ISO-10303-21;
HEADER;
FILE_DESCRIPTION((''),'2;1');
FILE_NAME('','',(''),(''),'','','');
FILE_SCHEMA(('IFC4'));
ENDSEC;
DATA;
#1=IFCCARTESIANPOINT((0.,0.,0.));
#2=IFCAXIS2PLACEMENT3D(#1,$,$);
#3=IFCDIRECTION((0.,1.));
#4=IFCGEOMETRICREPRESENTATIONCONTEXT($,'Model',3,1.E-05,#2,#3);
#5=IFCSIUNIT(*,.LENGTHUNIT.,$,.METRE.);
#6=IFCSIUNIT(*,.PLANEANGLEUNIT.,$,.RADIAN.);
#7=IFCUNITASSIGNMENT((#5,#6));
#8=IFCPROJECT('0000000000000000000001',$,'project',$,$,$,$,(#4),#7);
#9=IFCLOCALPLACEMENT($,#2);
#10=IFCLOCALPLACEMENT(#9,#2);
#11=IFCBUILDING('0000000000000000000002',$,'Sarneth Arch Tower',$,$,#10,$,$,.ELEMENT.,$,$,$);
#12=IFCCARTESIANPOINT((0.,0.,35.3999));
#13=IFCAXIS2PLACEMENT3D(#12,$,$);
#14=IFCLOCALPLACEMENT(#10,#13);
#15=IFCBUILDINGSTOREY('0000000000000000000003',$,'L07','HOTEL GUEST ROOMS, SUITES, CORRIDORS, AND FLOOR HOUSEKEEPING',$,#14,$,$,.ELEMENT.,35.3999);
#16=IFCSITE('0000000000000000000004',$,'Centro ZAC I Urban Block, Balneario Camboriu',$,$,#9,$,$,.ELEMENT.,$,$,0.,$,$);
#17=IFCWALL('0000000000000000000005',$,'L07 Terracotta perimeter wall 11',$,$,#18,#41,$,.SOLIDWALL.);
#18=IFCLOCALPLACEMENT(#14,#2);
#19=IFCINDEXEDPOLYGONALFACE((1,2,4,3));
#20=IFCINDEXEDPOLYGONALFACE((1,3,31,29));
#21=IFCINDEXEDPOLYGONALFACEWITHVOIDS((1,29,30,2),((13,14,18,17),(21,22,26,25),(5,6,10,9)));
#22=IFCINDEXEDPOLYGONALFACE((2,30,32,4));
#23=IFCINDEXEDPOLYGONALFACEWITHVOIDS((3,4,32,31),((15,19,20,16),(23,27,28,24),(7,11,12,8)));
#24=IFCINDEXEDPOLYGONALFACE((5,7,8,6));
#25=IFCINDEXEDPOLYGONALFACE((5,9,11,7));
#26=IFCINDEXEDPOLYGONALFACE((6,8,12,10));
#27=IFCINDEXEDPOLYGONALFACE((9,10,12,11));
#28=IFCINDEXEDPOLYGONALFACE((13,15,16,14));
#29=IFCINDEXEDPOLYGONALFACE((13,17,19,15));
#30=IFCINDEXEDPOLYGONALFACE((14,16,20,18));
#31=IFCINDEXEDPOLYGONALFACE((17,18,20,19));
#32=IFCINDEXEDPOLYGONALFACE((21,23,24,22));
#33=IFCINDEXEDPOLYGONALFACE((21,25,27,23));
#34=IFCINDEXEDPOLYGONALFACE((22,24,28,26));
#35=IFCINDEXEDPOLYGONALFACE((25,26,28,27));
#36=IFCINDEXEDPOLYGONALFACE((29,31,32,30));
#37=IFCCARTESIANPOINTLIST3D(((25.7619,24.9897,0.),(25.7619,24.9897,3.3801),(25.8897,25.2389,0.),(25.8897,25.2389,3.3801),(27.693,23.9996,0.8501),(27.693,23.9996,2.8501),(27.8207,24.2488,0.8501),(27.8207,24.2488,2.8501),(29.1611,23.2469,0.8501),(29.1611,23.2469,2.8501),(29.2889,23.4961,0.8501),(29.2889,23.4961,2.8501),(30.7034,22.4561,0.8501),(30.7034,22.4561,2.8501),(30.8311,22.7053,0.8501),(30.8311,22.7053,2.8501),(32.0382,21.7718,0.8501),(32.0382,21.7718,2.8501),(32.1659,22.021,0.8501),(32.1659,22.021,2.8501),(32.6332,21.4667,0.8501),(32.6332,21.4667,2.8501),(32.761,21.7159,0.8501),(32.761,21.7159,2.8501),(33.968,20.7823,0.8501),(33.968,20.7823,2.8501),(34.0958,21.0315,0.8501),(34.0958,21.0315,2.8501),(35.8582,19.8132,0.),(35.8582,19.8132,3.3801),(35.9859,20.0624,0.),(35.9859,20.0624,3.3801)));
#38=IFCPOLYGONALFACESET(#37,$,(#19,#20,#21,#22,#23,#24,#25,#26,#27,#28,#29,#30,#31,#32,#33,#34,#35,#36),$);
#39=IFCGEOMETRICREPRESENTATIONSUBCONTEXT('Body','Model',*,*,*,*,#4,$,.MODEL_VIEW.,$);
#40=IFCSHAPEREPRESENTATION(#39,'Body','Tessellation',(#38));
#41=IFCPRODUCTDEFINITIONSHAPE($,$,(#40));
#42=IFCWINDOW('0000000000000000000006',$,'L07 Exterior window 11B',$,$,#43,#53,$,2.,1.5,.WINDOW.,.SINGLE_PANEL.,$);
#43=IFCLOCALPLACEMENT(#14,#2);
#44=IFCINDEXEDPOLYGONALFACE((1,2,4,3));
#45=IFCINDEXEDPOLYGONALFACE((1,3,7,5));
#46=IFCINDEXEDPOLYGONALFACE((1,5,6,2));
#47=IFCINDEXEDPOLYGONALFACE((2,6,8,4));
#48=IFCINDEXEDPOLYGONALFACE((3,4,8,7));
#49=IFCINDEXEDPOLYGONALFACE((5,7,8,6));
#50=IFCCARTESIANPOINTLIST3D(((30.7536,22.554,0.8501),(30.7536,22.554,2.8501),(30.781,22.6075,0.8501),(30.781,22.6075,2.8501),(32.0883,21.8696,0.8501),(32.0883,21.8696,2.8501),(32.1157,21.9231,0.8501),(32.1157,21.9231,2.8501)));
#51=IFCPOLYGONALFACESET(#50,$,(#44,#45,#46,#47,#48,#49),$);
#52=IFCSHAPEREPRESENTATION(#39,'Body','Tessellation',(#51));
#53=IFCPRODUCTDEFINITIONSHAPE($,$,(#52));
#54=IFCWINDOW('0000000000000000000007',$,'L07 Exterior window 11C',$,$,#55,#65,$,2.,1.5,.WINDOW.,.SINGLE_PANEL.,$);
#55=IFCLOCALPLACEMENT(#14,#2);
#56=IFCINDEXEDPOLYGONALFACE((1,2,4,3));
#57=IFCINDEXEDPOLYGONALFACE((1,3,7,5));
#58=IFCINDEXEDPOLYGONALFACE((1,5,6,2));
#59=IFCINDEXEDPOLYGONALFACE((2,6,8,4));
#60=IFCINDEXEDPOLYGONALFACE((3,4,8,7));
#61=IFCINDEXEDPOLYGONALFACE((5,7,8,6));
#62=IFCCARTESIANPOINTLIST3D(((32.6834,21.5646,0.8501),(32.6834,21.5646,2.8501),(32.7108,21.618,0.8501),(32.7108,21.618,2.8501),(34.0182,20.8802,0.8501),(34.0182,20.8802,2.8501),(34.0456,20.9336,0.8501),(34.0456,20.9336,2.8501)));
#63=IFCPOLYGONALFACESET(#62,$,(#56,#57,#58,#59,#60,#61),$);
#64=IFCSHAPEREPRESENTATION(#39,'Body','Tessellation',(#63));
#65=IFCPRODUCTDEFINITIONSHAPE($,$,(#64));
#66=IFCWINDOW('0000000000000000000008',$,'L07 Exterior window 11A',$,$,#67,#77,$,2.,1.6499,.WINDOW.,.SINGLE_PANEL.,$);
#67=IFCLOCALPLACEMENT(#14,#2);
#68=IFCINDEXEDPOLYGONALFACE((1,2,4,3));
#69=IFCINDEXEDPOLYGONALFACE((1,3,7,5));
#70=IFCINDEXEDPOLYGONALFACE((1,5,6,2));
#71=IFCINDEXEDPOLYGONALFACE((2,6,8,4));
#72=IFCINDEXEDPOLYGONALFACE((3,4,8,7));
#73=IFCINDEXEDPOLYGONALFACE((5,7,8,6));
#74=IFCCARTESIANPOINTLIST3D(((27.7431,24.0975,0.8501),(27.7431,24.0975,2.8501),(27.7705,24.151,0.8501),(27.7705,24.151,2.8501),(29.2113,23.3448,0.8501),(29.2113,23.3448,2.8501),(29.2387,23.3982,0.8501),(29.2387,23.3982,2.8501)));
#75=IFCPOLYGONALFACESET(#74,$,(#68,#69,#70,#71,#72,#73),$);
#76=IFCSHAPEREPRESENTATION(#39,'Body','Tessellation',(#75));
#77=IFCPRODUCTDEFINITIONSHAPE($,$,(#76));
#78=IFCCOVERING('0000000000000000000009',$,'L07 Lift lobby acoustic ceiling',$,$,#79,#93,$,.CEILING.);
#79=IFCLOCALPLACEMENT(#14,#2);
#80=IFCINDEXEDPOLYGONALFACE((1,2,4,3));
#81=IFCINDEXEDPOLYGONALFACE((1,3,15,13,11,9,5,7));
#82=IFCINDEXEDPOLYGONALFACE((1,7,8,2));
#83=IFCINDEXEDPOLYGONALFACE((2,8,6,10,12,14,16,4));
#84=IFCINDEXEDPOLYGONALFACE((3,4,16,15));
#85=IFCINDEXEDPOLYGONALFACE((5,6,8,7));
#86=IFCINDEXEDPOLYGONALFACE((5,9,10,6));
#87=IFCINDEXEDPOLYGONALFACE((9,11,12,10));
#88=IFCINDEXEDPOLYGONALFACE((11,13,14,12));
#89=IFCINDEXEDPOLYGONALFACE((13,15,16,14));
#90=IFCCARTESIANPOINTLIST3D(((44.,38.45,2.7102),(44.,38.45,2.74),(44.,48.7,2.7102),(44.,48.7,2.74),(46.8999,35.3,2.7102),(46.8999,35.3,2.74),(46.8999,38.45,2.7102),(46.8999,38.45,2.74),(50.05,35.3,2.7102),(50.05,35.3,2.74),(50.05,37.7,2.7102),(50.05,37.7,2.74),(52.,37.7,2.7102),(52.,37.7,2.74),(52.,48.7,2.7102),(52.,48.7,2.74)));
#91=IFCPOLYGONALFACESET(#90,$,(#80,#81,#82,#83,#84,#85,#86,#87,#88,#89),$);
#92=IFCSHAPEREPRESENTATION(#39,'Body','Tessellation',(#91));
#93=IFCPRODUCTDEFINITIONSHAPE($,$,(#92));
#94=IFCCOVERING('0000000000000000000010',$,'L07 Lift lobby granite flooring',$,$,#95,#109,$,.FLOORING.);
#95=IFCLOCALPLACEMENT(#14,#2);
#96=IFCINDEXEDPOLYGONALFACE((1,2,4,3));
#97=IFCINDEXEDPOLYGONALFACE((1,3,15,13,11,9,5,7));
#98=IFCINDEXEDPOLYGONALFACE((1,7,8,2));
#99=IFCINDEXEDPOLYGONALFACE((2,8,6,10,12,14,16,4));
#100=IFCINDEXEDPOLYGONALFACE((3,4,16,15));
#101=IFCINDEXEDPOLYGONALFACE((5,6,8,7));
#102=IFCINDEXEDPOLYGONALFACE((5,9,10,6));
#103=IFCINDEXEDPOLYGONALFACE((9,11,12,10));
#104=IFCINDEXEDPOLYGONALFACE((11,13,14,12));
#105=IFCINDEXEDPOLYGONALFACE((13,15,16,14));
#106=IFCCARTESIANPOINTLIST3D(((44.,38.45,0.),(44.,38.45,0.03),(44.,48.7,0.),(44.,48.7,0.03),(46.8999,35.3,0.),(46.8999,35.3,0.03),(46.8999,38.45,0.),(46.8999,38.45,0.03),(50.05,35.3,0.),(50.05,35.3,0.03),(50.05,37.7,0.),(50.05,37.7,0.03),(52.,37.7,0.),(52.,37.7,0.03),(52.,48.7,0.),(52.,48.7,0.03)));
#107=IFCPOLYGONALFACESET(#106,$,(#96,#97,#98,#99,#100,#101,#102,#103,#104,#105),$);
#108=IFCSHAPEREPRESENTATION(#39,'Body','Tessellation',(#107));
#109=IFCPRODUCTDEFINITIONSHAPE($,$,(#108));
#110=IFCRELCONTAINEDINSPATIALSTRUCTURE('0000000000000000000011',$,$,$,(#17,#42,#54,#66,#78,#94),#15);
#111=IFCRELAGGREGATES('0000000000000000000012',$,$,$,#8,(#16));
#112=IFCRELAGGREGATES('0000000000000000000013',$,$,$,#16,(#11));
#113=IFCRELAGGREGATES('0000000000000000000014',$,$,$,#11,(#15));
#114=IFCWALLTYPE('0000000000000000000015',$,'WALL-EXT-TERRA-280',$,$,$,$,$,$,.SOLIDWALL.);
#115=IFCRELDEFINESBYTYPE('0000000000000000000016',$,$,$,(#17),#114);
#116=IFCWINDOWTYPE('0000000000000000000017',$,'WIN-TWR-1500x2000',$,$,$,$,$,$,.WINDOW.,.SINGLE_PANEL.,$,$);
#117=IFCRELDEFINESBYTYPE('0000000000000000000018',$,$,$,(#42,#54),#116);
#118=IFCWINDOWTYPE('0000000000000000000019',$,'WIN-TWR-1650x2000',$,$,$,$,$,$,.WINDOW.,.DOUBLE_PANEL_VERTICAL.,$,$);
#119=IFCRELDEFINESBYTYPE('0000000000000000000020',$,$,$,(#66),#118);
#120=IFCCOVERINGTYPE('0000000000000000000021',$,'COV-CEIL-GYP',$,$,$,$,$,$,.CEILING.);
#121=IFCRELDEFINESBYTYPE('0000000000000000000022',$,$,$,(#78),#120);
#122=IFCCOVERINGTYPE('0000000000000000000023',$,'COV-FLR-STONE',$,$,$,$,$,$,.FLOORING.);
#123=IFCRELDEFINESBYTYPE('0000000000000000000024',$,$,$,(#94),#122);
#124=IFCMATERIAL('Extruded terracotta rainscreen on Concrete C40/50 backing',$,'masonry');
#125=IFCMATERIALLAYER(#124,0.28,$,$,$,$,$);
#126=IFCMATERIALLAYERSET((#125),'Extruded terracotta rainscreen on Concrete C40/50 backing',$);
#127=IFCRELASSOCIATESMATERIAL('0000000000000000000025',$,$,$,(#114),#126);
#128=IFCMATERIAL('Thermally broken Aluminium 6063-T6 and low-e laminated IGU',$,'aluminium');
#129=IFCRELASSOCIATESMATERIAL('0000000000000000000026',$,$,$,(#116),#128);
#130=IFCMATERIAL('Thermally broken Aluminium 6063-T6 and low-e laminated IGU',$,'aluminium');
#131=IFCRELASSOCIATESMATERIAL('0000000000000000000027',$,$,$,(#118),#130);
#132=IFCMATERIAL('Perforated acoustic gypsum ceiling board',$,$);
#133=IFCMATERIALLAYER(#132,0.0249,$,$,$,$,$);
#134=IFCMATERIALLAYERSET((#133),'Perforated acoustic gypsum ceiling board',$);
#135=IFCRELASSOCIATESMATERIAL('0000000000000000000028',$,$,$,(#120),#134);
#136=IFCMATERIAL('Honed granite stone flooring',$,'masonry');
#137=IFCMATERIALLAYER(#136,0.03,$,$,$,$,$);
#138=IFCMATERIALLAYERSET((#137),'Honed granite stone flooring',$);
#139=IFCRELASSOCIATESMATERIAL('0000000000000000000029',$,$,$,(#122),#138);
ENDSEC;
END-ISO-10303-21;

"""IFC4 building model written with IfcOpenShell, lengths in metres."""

from ifc_helpers import new_model, si_unit, direction, frame, frame_2d, origin, place, context, subcontext, project, spatial, polyline, rectangle, outline, extrude, material, layer, layer_set, type_object, element, fill, save


model = new_model("IFC4")

# Units and contexts
model_context = context("Model", 3, precision=1e-05, world=origin(), true_north=direction((0.0, 1.0)))
body_context = subcontext(model_context, "Body", "Model", "MODEL_VIEW")
ifc_project = project(units=[si_unit("LENGTHUNIT", "METRE"), si_unit("PLANEANGLEUNIT", "RADIAN")], contexts=[model_context])

# Site, building, storey
site_placement = place(None, origin())
site = spatial("IfcSite", under=ifc_project, at=site_placement, Name="Centro ZAC I Urban Block, Balneario Camboriu", CompositionType="ELEMENT", RefElevation=0.0)
building_placement = place(site_placement, origin())
building = spatial("IfcBuilding", under=site, at=building_placement, Name="Sarneth Arch Tower", CompositionType="ELEMENT")
storey_placement = place(building_placement, frame((0.0, 0.0, 35.3999)))
storey = spatial("IfcBuildingStorey", under=building, at=storey_placement, Name="L07", Description="HOTEL GUEST ROOMS, SUITES, CORRIDORS, AND FLOOR HOUSEKEEPING", CompositionType="ELEMENT", Elevation=35.3999)

# Wall, openings, windows
ifc_material_1 = material(Name="Extruded terracotta rainscreen on Concrete C40/50 backing", Category="masonry")
ifc_layer_1 = layer(ifc_material_1, 0.28)
ifc_layer_set_1 = layer_set([ifc_layer_1], Name="Extruded terracotta rainscreen on Concrete C40/50 backing")
wall_type = type_object("IfcWallType", Name="WALL-EXT-TERRA-280", PredefinedType="SOLIDWALL", material=ifc_layer_set_1)
wall_placement = place(storey_placement, frame((25.8259, 25.1143, 0.0), z_axis=(0.0, 0.0, 1.0), x_axis=(0.889854, -0.456245, 0.0)))
wall = element("IfcWall", 1, at=wall_placement, inside=storey, type_object=wall_type, Name="L07 Terracotta perimeter wall 11", PredefinedType="SOLIDWALL", context=body_context, shape_type="SweptSolid", body=[
    extrude(rectangle(XDim=11.3459, YDim=0.28, at=frame_2d((5.6729, 0.0))), origin(), (0.0, 0.0, 1.0), 3.3801),
])
opening_1_placement = place(wall_placement, frame((2.1699, 0.0, 0.8501)))
opening_1 = element("IfcOpeningElement", 2, at=opening_1_placement, cuts=wall, PredefinedType="OPENING", context=body_context, shape_type="SweptSolid", body=[
    extrude(rectangle(XDim=1.6499, YDim=2.0, at=frame_2d((0.825, 1.0))), frame((0.0, 0.1499, 0.0), z_axis=(0.0, -1.0, 0.0), x_axis=(1.0, 0.0, 0.0)), (0.0, 0.0, 1.0), 0.3),
])
opening_2_placement = place(wall_placement, frame((5.553, 0.0, 0.8501)))
opening_2 = element("IfcOpeningElement", 3, at=opening_2_placement, cuts=wall, PredefinedType="OPENING", context=body_context, shape_type="SweptSolid", body=[
    extrude(rectangle(XDim=1.5, YDim=2.0, at=frame_2d((0.75, 1.0))), frame((0.0, 0.1499, 0.0), z_axis=(0.0, -1.0, 0.0), x_axis=(1.0, 0.0, 0.0)), (0.0, 0.0, 1.0), 0.3),
])
opening_3_placement = place(wall_placement, frame((7.7217, 0.0, 0.8501)))
opening_3 = element("IfcOpeningElement", 4, at=opening_3_placement, cuts=wall, PredefinedType="OPENING", context=body_context, shape_type="SweptSolid", body=[
    extrude(rectangle(XDim=1.5, YDim=2.0, at=frame_2d((0.75, 1.0))), frame((0.0, 0.1499, 0.0), z_axis=(0.0, -1.0, 0.0), x_axis=(1.0, 0.0, 0.0)), (0.0, 0.0, 1.0), 0.3),
])
ifc_material_2 = material(Name="Thermally broken Aluminium 6063-T6 and low-e laminated IGU", Category="aluminium")
window_type_1 = type_object("IfcWindowType", Name="WIN-TWR-1500x2000", PartitioningType="SINGLE_PANEL", PredefinedType="WINDOW", material=ifc_material_2)
window_1_placement = place(opening_2_placement, origin())
window_1 = element("IfcWindow", 5, at=window_1_placement, inside=storey, type_object=window_type_1, Name="L07 Exterior window 11B", OverallHeight=2.0, OverallWidth=1.5, PartitioningType="SINGLE_PANEL", PredefinedType="WINDOW", context=body_context, shape_type="SweptSolid", body=[
    extrude(rectangle(XDim=1.5, YDim=2.0, at=frame_2d((0.75, 1.0))), frame((0.0, 0.03, 0.0), z_axis=(0.0, -1.0, 0.0), x_axis=(1.0, 0.0, 0.0)), (0.0, 0.0, 1.0), 0.0601),
])
fill(opening_2, window_1)
window_2_placement = place(opening_3_placement, origin())
window_2 = element("IfcWindow", 6, at=window_2_placement, inside=storey, type_object=window_type_1, Name="L07 Exterior window 11C", OverallHeight=2.0, OverallWidth=1.5, PartitioningType="SINGLE_PANEL", PredefinedType="WINDOW", context=body_context, shape_type="SweptSolid", body=[
    extrude(rectangle(XDim=1.5, YDim=2.0, at=frame_2d((0.75, 1.0))), frame((0.0, 0.03, 0.0), z_axis=(0.0, -1.0, 0.0), x_axis=(1.0, 0.0, 0.0)), (0.0, 0.0, 1.0), 0.0601),
])
fill(opening_3, window_2)
ifc_material_3 = material(Name="Thermally broken Aluminium 6063-T6 and low-e laminated IGU", Category="aluminium")
window_type_2 = type_object("IfcWindowType", Name="WIN-TWR-1650x2000", PartitioningType="DOUBLE_PANEL_VERTICAL", PredefinedType="WINDOW", material=ifc_material_3)
window_3_placement = place(opening_1_placement, origin())
window_3 = element("IfcWindow", 7, at=window_3_placement, inside=storey, type_object=window_type_2, Name="L07 Exterior window 11A", OverallHeight=2.0, OverallWidth=1.6499, PartitioningType="SINGLE_PANEL", PredefinedType="WINDOW", context=body_context, shape_type="SweptSolid", body=[
    extrude(rectangle(XDim=1.6499, YDim=2.0, at=frame_2d((0.825, 1.0))), frame((0.0, 0.03, 0.0), z_axis=(0.0, -1.0, 0.0), x_axis=(1.0, 0.0, 0.0)), (0.0, 0.0, 1.0), 0.0601),
])
fill(opening_1, window_3)

# Coverings
ifc_material_4 = material(Name="Perforated acoustic gypsum ceiling board")
ifc_layer_2 = layer(ifc_material_4, 0.0249)
ifc_layer_set_2 = layer_set([ifc_layer_2], Name="Perforated acoustic gypsum ceiling board")
covering_type_1 = type_object("IfcCoveringType", Name="COV-CEIL-GYP", PredefinedType="CEILING", material=ifc_layer_set_2)
covering_1_placement = place(storey_placement, frame((0.0, 0.0, 2.7102)))
element("IfcCovering", 8, at=covering_1_placement, inside=storey, type_object=covering_type_1, Name="L07 Lift lobby acoustic ceiling", PredefinedType="CEILING", context=body_context, shape_type="SweptSolid", body=[
    extrude(outline(polyline([(52.0, 37.7), (50.05, 37.7), (50.05, 35.3), (46.8999, 35.3), (46.8999, 38.45), (44.0, 38.45), (44.0, 48.7), (52.0, 48.7), (52.0, 37.7)])), origin(), (0.0, 0.0, 1.0), 0.0298),
])
ifc_material_5 = material(Name="Honed granite stone flooring", Category="masonry")
ifc_layer_3 = layer(ifc_material_5, 0.03)
ifc_layer_set_3 = layer_set([ifc_layer_3], Name="Honed granite stone flooring")
covering_type_2 = type_object("IfcCoveringType", Name="COV-FLR-STONE", PredefinedType="FLOORING", material=ifc_layer_set_3)
covering_2_placement = place(storey_placement, origin())
element("IfcCovering", 9, at=covering_2_placement, inside=storey, type_object=covering_type_2, Name="L07 Lift lobby granite flooring", PredefinedType="FLOORING", context=body_context, shape_type="SweptSolid", body=[
    extrude(outline(polyline([(52.0, 37.7), (50.05, 37.7), (50.05, 35.3), (46.8999, 35.3), (46.8999, 38.45), (44.0, 38.45), (44.0, 48.7), (52.0, 48.7), (52.0, 37.7)])), origin(), (0.0, 0.0, 1.0), 0.03),
])

save(model, "model.ifc")
